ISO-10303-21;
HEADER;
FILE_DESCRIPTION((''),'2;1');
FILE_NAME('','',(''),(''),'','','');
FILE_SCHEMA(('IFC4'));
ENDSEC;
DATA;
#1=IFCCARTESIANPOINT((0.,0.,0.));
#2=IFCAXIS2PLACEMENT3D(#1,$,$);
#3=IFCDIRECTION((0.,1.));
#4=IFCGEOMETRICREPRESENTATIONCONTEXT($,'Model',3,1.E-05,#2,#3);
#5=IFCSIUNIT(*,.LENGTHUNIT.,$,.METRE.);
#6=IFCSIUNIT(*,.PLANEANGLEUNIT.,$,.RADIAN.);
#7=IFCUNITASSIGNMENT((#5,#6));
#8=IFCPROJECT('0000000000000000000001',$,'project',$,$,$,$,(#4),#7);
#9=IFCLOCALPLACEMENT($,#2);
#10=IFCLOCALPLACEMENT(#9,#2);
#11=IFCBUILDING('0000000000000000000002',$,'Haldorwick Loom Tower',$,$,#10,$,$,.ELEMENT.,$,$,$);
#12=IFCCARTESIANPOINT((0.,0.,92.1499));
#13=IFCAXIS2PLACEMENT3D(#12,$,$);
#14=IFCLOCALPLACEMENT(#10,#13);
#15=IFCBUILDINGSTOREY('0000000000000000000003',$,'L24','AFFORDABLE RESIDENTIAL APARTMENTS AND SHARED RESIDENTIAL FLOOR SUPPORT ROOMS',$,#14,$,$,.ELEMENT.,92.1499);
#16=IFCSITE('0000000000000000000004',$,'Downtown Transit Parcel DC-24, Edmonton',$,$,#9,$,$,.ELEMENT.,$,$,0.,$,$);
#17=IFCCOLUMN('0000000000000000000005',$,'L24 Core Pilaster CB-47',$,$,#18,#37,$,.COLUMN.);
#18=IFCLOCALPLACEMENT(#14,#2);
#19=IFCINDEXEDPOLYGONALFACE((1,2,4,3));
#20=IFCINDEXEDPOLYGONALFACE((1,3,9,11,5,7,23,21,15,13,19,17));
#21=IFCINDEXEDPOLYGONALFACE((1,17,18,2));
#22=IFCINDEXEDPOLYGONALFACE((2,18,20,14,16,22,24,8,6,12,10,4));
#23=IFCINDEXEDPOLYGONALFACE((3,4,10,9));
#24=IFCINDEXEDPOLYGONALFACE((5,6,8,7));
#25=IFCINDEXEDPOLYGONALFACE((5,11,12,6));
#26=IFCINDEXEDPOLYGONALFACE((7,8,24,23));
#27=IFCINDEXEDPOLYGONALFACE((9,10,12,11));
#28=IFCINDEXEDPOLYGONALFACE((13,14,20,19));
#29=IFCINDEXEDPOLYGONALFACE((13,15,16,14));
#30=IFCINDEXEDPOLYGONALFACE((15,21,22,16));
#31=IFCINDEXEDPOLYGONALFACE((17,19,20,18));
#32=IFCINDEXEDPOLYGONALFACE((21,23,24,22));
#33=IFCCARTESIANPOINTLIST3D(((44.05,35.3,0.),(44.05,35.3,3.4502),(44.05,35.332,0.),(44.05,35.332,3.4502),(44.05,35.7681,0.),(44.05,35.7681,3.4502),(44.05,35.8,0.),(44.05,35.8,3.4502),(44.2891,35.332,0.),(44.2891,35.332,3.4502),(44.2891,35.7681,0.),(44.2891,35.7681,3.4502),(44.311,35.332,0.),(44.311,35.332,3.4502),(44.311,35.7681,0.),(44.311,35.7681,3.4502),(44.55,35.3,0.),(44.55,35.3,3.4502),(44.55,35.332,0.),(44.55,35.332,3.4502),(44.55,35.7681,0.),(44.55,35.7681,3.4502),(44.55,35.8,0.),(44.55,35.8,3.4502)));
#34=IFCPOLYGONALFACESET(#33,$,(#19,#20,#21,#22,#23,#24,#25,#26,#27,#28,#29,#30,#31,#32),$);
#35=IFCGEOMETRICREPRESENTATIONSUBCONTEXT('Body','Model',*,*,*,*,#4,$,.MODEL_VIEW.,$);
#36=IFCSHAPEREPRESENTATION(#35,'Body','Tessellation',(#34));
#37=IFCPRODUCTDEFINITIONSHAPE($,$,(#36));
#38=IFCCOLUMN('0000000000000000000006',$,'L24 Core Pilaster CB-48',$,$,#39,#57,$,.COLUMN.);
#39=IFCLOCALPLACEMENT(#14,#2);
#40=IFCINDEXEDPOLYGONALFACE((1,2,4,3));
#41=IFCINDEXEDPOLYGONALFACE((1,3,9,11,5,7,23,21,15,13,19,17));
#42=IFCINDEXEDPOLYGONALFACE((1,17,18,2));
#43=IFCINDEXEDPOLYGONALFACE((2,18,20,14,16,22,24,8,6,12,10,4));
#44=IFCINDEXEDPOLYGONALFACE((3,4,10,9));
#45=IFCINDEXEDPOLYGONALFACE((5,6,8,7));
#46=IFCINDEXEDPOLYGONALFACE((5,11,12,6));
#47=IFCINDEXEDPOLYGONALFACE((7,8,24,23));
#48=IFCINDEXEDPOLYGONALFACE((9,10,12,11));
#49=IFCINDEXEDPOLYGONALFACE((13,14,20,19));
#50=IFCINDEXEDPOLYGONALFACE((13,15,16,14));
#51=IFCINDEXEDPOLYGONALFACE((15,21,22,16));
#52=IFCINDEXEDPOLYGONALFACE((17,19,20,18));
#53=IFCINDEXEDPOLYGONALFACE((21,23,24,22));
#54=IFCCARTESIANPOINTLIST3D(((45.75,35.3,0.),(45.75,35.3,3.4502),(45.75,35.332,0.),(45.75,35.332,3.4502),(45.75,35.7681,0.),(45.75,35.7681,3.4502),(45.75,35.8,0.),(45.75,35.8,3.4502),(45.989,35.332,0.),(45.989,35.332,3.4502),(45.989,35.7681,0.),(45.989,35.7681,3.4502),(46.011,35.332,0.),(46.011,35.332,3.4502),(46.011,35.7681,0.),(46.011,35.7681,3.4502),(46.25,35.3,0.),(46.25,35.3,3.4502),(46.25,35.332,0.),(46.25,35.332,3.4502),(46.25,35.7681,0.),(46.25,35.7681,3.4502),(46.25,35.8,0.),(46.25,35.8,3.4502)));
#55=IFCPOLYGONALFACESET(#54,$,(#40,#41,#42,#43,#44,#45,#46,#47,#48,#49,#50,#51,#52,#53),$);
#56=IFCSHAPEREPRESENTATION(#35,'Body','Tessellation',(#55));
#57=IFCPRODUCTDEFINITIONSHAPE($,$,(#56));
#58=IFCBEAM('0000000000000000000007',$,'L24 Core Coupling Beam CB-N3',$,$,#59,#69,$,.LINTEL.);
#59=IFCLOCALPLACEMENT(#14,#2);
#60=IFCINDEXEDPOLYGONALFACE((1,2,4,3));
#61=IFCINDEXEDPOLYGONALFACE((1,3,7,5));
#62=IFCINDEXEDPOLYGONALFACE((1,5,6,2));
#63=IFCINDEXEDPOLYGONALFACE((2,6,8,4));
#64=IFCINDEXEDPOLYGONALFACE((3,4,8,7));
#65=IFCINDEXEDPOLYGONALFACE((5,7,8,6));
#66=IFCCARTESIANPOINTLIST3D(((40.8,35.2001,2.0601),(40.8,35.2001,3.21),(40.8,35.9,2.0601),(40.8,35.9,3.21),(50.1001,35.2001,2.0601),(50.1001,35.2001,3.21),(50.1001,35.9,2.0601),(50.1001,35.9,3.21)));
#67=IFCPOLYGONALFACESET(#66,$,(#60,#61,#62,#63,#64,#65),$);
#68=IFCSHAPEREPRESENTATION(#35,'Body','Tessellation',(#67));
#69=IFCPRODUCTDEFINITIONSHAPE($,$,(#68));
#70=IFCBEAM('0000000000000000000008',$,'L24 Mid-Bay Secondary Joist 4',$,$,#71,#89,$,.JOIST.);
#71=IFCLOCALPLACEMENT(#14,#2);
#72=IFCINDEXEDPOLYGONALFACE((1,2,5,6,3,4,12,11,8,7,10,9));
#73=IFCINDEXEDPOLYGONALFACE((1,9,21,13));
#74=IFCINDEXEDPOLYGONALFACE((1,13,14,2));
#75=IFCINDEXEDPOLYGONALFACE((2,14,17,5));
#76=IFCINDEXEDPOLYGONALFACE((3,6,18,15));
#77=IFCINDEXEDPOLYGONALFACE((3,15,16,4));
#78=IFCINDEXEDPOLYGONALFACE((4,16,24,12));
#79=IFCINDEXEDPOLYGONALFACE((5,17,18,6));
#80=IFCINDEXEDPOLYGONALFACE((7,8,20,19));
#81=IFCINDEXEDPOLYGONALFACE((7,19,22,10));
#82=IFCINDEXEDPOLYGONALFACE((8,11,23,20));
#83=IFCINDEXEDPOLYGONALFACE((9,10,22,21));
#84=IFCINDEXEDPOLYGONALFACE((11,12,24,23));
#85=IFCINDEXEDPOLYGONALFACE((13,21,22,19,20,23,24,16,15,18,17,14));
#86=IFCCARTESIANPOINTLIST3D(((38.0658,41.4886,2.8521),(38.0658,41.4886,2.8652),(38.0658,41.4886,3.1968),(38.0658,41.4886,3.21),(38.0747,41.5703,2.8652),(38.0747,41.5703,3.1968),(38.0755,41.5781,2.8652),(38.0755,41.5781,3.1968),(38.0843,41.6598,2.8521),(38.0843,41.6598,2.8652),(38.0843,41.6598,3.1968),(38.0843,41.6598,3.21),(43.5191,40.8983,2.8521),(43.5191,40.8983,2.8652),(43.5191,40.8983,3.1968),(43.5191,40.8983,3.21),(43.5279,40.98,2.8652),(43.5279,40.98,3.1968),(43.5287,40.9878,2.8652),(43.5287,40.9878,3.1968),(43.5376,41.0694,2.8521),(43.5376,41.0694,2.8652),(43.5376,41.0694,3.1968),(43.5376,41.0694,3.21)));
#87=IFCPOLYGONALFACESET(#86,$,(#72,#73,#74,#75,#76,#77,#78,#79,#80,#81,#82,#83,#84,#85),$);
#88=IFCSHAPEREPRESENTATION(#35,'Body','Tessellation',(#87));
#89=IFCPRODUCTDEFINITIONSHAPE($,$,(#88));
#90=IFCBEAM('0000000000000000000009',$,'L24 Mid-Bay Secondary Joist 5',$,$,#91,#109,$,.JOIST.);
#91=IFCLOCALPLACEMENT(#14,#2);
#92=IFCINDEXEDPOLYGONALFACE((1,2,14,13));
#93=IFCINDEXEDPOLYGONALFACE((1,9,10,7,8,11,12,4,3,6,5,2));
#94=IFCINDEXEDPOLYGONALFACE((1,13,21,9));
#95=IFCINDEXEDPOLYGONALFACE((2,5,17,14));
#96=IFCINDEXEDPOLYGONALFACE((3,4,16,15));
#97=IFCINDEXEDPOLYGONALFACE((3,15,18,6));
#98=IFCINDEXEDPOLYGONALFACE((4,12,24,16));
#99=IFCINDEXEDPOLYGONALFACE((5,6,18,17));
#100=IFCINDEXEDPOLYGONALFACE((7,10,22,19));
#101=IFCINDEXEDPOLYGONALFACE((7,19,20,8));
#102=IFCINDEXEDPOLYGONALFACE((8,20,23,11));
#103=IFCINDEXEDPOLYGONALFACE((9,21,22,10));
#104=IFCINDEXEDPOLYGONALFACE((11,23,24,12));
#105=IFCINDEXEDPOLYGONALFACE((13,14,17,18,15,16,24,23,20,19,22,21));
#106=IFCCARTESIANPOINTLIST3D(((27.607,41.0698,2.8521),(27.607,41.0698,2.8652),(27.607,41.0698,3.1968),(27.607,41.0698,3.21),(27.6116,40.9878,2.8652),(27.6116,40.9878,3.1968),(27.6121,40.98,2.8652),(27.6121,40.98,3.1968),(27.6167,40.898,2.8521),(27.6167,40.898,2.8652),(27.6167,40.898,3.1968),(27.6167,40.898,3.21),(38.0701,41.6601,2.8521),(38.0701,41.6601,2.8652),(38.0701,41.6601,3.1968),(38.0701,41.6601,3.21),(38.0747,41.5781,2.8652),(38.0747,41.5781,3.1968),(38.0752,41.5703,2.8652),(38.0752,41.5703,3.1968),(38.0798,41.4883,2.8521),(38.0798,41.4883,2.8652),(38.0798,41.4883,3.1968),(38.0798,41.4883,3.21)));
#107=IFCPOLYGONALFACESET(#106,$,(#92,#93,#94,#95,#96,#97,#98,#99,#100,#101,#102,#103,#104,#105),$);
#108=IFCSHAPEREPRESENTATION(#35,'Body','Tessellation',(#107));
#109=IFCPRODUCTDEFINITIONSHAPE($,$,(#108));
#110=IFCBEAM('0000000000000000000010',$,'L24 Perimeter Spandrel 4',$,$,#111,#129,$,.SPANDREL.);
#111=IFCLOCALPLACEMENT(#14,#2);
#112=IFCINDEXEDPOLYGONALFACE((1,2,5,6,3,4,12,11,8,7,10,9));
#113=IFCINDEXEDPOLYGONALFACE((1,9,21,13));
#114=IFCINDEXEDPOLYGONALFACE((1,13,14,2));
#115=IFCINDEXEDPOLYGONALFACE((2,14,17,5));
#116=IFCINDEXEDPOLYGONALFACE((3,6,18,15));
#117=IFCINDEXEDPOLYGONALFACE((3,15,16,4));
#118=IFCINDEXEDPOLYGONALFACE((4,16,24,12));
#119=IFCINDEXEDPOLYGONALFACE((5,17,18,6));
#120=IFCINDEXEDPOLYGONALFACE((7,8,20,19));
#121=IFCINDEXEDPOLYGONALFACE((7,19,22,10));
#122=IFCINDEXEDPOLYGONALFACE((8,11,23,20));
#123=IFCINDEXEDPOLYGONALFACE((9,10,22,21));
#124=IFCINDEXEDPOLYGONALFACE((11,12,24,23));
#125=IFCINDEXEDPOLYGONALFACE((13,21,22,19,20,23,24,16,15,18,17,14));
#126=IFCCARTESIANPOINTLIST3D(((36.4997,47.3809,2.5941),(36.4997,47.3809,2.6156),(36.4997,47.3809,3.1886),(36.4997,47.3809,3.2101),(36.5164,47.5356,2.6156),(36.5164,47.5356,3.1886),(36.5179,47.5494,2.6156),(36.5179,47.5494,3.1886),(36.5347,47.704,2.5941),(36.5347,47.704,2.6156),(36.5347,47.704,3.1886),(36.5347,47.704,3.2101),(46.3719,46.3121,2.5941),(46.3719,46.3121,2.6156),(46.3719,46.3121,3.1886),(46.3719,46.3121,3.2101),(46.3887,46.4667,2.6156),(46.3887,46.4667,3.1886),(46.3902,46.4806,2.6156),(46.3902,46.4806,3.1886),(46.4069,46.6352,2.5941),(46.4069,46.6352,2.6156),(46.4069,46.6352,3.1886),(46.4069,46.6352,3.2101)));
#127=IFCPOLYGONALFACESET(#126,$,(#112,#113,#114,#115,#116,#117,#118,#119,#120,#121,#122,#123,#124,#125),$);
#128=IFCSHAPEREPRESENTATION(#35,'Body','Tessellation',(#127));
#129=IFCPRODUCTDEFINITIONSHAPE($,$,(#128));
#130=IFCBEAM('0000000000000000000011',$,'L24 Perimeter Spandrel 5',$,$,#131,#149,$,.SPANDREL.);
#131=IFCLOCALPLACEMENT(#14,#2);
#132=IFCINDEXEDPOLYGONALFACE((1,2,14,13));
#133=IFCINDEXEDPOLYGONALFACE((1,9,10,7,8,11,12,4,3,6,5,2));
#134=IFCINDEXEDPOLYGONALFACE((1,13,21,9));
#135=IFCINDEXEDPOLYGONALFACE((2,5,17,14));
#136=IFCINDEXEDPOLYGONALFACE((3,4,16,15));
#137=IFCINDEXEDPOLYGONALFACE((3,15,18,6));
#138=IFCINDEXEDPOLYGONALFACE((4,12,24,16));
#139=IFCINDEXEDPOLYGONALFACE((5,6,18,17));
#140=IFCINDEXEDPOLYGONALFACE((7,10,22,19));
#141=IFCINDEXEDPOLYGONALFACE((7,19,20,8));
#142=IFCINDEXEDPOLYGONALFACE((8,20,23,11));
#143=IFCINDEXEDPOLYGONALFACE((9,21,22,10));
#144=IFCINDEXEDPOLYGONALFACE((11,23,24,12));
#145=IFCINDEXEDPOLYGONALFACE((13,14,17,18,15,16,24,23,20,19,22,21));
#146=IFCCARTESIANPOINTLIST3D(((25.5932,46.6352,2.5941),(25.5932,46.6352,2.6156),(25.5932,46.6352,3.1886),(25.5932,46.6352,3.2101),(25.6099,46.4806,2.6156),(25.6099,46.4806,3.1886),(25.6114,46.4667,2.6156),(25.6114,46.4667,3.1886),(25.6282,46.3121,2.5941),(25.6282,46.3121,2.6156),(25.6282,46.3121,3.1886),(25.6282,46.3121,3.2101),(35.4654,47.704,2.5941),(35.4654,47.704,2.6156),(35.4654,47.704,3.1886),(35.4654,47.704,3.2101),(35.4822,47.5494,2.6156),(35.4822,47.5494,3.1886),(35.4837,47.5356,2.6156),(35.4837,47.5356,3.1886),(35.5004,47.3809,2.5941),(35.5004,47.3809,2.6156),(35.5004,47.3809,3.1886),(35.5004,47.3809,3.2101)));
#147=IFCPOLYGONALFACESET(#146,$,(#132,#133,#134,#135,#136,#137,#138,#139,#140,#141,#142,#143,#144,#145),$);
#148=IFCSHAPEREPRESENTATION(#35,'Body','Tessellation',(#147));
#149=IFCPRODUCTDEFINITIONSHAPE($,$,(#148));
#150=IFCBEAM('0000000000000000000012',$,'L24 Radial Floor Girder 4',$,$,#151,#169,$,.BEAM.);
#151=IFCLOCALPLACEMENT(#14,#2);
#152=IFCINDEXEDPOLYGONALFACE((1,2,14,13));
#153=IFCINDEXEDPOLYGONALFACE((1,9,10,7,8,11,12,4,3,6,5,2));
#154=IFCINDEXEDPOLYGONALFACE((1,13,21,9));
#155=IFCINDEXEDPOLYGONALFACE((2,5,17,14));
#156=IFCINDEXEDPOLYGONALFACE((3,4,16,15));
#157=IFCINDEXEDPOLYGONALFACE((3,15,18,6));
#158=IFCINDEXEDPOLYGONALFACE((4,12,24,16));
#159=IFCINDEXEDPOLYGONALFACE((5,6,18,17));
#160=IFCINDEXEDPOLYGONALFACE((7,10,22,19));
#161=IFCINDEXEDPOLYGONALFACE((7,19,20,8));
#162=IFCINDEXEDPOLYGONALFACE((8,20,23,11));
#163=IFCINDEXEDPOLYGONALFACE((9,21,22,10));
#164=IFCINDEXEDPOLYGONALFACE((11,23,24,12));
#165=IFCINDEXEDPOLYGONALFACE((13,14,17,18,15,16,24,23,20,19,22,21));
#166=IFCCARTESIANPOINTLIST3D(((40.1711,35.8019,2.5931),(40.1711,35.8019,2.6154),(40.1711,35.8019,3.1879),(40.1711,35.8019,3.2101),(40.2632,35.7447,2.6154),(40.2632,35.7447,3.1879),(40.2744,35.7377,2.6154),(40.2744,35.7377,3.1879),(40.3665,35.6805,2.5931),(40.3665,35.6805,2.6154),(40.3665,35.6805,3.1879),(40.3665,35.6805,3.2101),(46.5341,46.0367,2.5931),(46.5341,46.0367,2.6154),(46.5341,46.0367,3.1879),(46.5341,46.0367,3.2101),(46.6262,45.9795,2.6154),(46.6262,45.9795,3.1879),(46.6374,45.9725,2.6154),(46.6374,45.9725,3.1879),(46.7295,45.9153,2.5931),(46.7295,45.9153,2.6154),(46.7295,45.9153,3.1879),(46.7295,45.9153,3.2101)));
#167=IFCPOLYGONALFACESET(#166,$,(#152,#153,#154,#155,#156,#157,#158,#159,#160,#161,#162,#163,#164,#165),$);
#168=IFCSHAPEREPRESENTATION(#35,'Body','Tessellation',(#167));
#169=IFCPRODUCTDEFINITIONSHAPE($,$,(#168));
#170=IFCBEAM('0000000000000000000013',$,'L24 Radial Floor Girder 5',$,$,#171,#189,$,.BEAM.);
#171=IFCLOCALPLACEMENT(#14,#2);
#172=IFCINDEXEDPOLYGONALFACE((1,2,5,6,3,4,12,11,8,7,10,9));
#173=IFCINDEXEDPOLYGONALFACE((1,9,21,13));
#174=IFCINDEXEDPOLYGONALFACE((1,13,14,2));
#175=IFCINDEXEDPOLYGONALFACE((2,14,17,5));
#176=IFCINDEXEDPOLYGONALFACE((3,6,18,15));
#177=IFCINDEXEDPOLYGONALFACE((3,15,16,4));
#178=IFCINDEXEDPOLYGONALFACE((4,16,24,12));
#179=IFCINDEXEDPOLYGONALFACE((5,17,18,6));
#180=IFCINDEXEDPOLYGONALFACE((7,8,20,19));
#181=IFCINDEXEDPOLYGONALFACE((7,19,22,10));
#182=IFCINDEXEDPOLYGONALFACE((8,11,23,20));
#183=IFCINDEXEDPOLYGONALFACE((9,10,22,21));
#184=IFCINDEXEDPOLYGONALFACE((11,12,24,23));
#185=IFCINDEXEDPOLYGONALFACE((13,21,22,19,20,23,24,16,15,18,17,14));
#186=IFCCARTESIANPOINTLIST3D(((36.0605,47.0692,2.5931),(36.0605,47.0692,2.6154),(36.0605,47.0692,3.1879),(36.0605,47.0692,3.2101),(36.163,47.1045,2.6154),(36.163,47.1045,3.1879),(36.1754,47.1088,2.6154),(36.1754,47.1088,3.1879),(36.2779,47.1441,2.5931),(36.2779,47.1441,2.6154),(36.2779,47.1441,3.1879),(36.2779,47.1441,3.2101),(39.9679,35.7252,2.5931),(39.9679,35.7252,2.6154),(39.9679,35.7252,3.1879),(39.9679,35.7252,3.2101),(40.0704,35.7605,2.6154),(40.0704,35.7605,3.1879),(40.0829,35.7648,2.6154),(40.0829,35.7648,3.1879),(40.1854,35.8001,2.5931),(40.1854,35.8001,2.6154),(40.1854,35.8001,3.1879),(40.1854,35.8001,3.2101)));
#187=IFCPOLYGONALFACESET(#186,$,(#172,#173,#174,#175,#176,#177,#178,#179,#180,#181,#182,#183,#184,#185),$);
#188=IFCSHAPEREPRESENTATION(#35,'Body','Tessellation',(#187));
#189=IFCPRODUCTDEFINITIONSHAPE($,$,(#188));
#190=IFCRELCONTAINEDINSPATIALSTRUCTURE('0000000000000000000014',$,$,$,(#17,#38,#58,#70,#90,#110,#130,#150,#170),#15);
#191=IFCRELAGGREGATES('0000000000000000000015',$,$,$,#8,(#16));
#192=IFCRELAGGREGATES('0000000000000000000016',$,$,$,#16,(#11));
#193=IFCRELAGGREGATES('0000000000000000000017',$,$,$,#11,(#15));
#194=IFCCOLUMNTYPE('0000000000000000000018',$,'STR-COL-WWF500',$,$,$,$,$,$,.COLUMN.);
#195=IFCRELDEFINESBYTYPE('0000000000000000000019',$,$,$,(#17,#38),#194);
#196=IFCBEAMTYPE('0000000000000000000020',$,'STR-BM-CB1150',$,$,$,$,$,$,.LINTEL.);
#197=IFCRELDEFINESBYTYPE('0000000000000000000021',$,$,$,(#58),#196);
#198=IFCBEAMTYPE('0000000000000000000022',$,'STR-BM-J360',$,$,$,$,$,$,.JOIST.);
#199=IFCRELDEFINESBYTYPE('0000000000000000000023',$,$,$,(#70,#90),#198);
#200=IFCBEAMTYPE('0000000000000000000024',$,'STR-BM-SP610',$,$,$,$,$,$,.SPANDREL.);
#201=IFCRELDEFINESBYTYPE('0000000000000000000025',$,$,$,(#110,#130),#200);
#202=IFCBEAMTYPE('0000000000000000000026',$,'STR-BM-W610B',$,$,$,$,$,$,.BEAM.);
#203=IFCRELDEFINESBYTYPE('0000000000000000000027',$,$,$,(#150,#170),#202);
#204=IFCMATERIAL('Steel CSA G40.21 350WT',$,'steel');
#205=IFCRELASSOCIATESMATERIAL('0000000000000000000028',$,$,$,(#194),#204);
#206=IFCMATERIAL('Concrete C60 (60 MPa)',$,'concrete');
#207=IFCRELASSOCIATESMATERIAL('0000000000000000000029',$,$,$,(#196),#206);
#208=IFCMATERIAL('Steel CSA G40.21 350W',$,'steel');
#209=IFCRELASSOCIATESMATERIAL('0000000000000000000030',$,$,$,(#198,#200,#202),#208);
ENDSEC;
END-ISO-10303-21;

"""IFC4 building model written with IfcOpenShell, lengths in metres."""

from ifc_helpers import new_model, si_unit, direction, frame, origin, origin_2d, place, context, subcontext, project, spatial, rectangle, i_section, extrude, material, material_profile, profile_set, type_object, element, save


model = new_model("IFC4")

# Units and contexts
model_context = context("Model", 3, precision=1e-05, world=origin(), true_north=direction((0.0, 1.0)))
body_context = subcontext(model_context, "Body", "Model", "MODEL_VIEW")
ifc_project = project(units=[si_unit("LENGTHUNIT", "METRE"), si_unit("PLANEANGLEUNIT", "RADIAN")], contexts=[model_context])

# Site, building, storey
site_placement = place(None, origin())
site = spatial("IfcSite", under=ifc_project, at=site_placement, Name="Downtown Transit Parcel DC-24, Edmonton", CompositionType="ELEMENT", RefElevation=0.0)
building_placement = place(site_placement, origin())
building = spatial("IfcBuilding", under=site, at=building_placement, Name="Haldorwick Loom Tower", CompositionType="ELEMENT")
storey_placement = place(building_placement, frame((0.0, 0.0, 92.1499)))
storey = spatial("IfcBuildingStorey", under=building, at=storey_placement, Name="L24", Description="AFFORDABLE RESIDENTIAL APARTMENTS AND SHARED RESIDENTIAL FLOOR SUPPORT ROOMS", CompositionType="ELEMENT", Elevation=92.1499)

# Columns
ifc_material_1 = material(Name="Concrete C60 (60 MPa)", Category="concrete")
ifc_material_2 = material(Name="Steel CSA G40.21 350WT", Category="steel")
ifc_material_profile_1 = material_profile(ifc_material_2, i_section(OverallWidth=0.5, OverallDepth=0.5, WebThickness=0.022, FlangeThickness=0.032, at=origin_2d()), Name="WWF500X500", Category="steel")
ifc_profile_set_1 = profile_set([ifc_material_profile_1], Name="Steel CSA G40.21 350WT")
column_type_1 = type_object("IfcColumnType", Name="STR-COL-WWF500", PredefinedType="COLUMN", material=ifc_profile_set_1)
for number, where, z_axis, x_axis, name in (
    (1, (44.3, 35.55, 0.0), (0.0, 0.0, 1.0), (1.0, 0.0, 0.0), "L24 Core Pilaster CB-47"),
    (2, (46.0, 35.55, 0.0), (0.0, 0.0, 1.0), (1.0, 0.0, 0.0), "L24 Core Pilaster CB-48"),
):
    element("IfcColumn", number, at=place(storey_placement, frame(where, z_axis=z_axis, x_axis=x_axis)), inside=storey, type_object=column_type_1, Name=name, PredefinedType="COLUMN", context=body_context, shape_type="SweptSolid", body=[
        extrude(i_section(OverallWidth=0.5, OverallDepth=0.5, WebThickness=0.022, FlangeThickness=0.032, at=origin_2d()), origin(), (0.0, 0.0, 1.0), 3.4502),
    ])

# Beams
ifc_material_profile_2 = material_profile(ifc_material_1, rectangle(XDim=0.7, YDim=1.1499, at=origin_2d()), Name="RC700X1150", Category="concrete")
ifc_profile_set_2 = profile_set([ifc_material_profile_2], Name="Concrete C60 (60 MPa)")
beam_type_1 = type_object("IfcBeamType", Name="STR-BM-CB1150", PredefinedType="LINTEL", material=ifc_profile_set_2)
beam_1_placement = place(storey_placement, frame((40.8, 35.55, 2.635), z_axis=(1.0, 0.0, 0.0), x_axis=(0.0, 1.0, 0.0)))
element("IfcBeam", 3, at=beam_1_placement, inside=storey, type_object=beam_type_1, Name="L24 Core Coupling Beam CB-N3", PredefinedType="LINTEL", context=body_context, shape_type="SweptSolid", body=[
    extrude(rectangle(XDim=0.7, YDim=1.1499, at=origin_2d()), origin(), (0.0, 0.0, 1.0), 9.3),
])
ifc_material_3 = material(Name="Steel CSA G40.21 350W", Category="steel")
ifc_material_profile_3 = material_profile(ifc_material_3, i_section(OverallWidth=0.1721, OverallDepth=0.3579, WebThickness=0.0078, FlangeThickness=0.0132, at=origin_2d()), Name="W360X57", Category="steel")
ifc_profile_set_3 = profile_set([ifc_material_profile_3], Name="Steel CSA G40.21 350W")
beam_type_2 = type_object("IfcBeamType", Name="STR-BM-J360", PredefinedType="JOIST", material=ifc_profile_set_3)
beam_2_placement = place(storey_placement, frame((43.5283, 40.9839, 3.031), z_axis=(-0.994192, 0.107622, 0.0), x_axis=(-0.107622, -0.994192, 0.0)))
element("IfcBeam", 4, at=beam_2_placement, inside=storey, type_object=beam_type_2, Name="L24 Mid-Bay Secondary Joist 4", PredefinedType="JOIST", context=body_context, shape_type="SweptSolid", body=[
    extrude(i_section(OverallWidth=0.1721, OverallDepth=0.3579, WebThickness=0.0078, FlangeThickness=0.0132, at=origin_2d()), origin(), (0.0, 0.0, 1.0), 5.4851),
])
beam_3_placement = place(storey_placement, frame((38.075, 41.5742, 3.031), z_axis=(-0.998412, -0.056331, 0.0), x_axis=(0.056331, -0.998412, 0.0)))
element("IfcBeam", 5, at=beam_3_placement, inside=storey, type_object=beam_type_2, Name="L24 Mid-Bay Secondary Joist 5", PredefinedType="JOIST", context=body_context, shape_type="SweptSolid", body=[
    extrude(i_section(OverallWidth=0.1721, OverallDepth=0.3579, WebThickness=0.0078, FlangeThickness=0.0132, at=origin_2d()), origin(), (0.0, 0.0, 1.0), 10.4797),
])
ifc_material_profile_4 = material_profile(ifc_material_3, i_section(OverallWidth=0.325, OverallDepth=0.616, WebThickness=0.0139, FlangeThickness=0.0215, at=origin_2d()), Name="W610X174", Category="steel")
ifc_profile_set_4 = profile_set([ifc_material_profile_4], Name="Steel CSA G40.21 350W")
beam_type_3 = type_object("IfcBeamType", Name="STR-BM-SP610", PredefinedType="SPANDREL", material=ifc_profile_set_4)
for number, where, z_axis, x_axis, name in (
    (6, (46.3894, 46.4736, 2.9021), (-0.99419, 0.107638, 0.0), (-0.107638, -0.99419, 0.0), "L24 Perimeter Spandrel 4"),
    (7, (35.4829, 47.5425, 2.9021), (-0.99419, -0.107638, 0.0), (0.107638, -0.99419, 0.0), "L24 Perimeter Spandrel 5"),
):
    element("IfcBeam", number, at=place(storey_placement, frame(where, z_axis=z_axis, x_axis=x_axis)), inside=storey, type_object=beam_type_3, Name=name, PredefinedType="SPANDREL", context=body_context, shape_type="SweptSolid", body=[
        extrude(i_section(OverallWidth=0.325, OverallDepth=0.616, WebThickness=0.0139, FlangeThickness=0.0215, at=origin_2d()), origin(), (0.0, 0.0, 1.0), 9.9299),
    ])
ifc_material_profile_5 = material_profile(ifc_material_3, i_section(OverallWidth=0.23, OverallDepth=0.6169, WebThickness=0.0132, FlangeThickness=0.0222, at=origin_2d()), Name="W610X140", Category="steel")
ifc_profile_set_5 = profile_set([ifc_material_profile_5], Name="Steel CSA G40.21 350W")
beam_type_4 = type_object("IfcBeamType", Name="STR-BM-W610B", PredefinedType="BEAM", material=ifc_profile_set_5)
beam_4_placement = place(storey_placement, frame((40.2688, 35.7412, 2.9016), z_axis=(0.527983, 0.849255, 0.0), x_axis=(-0.849255, 0.527983, 0.0)))
element("IfcBeam", 8, at=beam_4_placement, inside=storey, type_object=beam_type_4, Name="L24 Radial Floor Girder 4", PredefinedType="BEAM", context=body_context, shape_type="SweptSolid", body=[
    extrude(i_section(OverallWidth=0.23, OverallDepth=0.6169, WebThickness=0.0132, FlangeThickness=0.0222, at=origin_2d()), origin(), (0.0, 0.0, 1.0), 12.0515),
])
beam_5_placement = place(storey_placement, frame((40.0767, 35.7627, 2.9016), z_axis=(-0.325674, 0.945482, 0.0), x_axis=(-0.945482, -0.325674, 0.0)))
element("IfcBeam", 9, at=beam_5_placement, inside=storey, type_object=beam_type_4, Name="L24 Radial Floor Girder 5", PredefinedType="BEAM", context=body_context, shape_type="SweptSolid", body=[
    extrude(i_section(OverallWidth=0.23, OverallDepth=0.6169, WebThickness=0.0132, FlangeThickness=0.0222, at=origin_2d()), origin(), (0.0, 0.0, 1.0), 11.998),
])

save(model, "model.ifc")
